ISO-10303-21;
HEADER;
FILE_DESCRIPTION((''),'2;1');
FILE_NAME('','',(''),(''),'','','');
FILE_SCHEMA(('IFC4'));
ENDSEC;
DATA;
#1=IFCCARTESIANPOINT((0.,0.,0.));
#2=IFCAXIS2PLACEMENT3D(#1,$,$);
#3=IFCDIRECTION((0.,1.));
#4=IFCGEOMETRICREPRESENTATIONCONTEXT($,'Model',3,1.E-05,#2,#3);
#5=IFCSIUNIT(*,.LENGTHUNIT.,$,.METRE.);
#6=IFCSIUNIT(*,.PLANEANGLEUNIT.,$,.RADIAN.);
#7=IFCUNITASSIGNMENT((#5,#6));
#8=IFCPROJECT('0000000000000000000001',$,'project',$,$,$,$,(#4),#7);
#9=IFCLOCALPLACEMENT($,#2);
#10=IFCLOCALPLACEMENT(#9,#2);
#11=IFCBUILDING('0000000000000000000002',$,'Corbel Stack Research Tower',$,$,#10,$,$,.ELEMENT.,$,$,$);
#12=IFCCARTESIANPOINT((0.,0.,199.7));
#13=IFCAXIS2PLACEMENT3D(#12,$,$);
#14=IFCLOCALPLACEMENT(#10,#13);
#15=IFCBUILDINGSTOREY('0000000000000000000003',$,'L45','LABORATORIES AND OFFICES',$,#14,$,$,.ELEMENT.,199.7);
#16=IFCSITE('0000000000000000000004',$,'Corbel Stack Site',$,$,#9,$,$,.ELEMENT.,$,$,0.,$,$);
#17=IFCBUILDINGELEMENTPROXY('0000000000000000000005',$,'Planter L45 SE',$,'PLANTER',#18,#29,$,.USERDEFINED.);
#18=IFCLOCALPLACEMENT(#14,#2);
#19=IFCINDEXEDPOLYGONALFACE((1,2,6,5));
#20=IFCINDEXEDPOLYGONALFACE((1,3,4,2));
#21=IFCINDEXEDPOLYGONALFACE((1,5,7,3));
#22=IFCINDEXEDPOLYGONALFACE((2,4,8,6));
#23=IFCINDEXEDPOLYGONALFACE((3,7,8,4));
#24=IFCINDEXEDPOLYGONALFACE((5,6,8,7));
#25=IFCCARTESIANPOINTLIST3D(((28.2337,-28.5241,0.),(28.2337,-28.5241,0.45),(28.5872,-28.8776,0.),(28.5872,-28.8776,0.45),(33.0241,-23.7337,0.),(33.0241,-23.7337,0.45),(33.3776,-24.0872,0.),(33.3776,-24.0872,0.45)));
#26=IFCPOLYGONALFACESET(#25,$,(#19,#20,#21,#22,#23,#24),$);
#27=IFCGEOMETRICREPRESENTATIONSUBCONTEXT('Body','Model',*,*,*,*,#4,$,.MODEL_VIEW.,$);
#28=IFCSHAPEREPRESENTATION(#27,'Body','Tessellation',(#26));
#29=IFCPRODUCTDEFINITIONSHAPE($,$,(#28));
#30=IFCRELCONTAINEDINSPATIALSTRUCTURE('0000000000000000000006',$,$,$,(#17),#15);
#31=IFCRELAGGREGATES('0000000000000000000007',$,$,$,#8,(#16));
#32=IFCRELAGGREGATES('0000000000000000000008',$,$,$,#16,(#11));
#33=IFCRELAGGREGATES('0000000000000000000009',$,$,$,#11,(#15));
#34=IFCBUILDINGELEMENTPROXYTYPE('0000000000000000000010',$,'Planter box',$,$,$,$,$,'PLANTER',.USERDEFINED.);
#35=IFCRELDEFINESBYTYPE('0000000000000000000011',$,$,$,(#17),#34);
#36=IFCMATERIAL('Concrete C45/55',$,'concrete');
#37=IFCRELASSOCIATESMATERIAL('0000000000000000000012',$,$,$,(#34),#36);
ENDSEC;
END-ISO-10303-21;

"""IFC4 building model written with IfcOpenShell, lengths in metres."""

from ifc_helpers import new_model, si_unit, direction, frame, origin, origin_2d, place, context, subcontext, project, spatial, rectangle, extrude, material, type_object, element, save


model = new_model("IFC4")

# Units and contexts
model_context = context("Model", 3, precision=1e-05, world=origin(), true_north=direction((0.0, 1.0)))
body_context = subcontext(model_context, "Body", "Model", "MODEL_VIEW")
ifc_project = project(units=[si_unit("LENGTHUNIT", "METRE"), si_unit("PLANEANGLEUNIT", "RADIAN")], contexts=[model_context])

# Site, building, storey
site_placement = place(None, origin())
site = spatial("IfcSite", under=ifc_project, at=site_placement, Name="Corbel Stack Site", CompositionType="ELEMENT", RefElevation=0.0)
building_placement = place(site_placement, origin())
building = spatial("IfcBuilding", under=site, at=building_placement, Name="Corbel Stack Research Tower", CompositionType="ELEMENT")
storey_placement = place(building_placement, frame((0.0, 0.0, 199.7)))
storey = spatial("IfcBuildingStorey", under=building, at=storey_placement, Name="L45", Description="LABORATORIES AND OFFICES", CompositionType="ELEMENT", Elevation=199.7)

# Building element proxy
ifc_material_1 = material(Name="Concrete C45/55", Category="concrete")
building_element_proxy_type = type_object("IfcBuildingElementProxyType", Name="Planter box", ElementType="PLANTER", PredefinedType="USERDEFINED", material=ifc_material_1)
proxy_placement = place(storey_placement, frame((30.8057, -26.3057, 0.0), z_axis=(0.0, 0.0, 1.0), x_axis=(0.707107, 0.707107, 0.0)))
element("IfcBuildingElementProxy", 1, at=proxy_placement, inside=storey, type_object=building_element_proxy_type, Name="Planter L45 SE", ObjectType="PLANTER", PredefinedType="USERDEFINED", context=body_context, shape_type="SweptSolid", body=[
    extrude(rectangle(XDim=6.7747, YDim=0.5, at=origin_2d()), origin(), (0.0, 0.0, 1.0), 0.45),
])

save(model, "model.ifc")
